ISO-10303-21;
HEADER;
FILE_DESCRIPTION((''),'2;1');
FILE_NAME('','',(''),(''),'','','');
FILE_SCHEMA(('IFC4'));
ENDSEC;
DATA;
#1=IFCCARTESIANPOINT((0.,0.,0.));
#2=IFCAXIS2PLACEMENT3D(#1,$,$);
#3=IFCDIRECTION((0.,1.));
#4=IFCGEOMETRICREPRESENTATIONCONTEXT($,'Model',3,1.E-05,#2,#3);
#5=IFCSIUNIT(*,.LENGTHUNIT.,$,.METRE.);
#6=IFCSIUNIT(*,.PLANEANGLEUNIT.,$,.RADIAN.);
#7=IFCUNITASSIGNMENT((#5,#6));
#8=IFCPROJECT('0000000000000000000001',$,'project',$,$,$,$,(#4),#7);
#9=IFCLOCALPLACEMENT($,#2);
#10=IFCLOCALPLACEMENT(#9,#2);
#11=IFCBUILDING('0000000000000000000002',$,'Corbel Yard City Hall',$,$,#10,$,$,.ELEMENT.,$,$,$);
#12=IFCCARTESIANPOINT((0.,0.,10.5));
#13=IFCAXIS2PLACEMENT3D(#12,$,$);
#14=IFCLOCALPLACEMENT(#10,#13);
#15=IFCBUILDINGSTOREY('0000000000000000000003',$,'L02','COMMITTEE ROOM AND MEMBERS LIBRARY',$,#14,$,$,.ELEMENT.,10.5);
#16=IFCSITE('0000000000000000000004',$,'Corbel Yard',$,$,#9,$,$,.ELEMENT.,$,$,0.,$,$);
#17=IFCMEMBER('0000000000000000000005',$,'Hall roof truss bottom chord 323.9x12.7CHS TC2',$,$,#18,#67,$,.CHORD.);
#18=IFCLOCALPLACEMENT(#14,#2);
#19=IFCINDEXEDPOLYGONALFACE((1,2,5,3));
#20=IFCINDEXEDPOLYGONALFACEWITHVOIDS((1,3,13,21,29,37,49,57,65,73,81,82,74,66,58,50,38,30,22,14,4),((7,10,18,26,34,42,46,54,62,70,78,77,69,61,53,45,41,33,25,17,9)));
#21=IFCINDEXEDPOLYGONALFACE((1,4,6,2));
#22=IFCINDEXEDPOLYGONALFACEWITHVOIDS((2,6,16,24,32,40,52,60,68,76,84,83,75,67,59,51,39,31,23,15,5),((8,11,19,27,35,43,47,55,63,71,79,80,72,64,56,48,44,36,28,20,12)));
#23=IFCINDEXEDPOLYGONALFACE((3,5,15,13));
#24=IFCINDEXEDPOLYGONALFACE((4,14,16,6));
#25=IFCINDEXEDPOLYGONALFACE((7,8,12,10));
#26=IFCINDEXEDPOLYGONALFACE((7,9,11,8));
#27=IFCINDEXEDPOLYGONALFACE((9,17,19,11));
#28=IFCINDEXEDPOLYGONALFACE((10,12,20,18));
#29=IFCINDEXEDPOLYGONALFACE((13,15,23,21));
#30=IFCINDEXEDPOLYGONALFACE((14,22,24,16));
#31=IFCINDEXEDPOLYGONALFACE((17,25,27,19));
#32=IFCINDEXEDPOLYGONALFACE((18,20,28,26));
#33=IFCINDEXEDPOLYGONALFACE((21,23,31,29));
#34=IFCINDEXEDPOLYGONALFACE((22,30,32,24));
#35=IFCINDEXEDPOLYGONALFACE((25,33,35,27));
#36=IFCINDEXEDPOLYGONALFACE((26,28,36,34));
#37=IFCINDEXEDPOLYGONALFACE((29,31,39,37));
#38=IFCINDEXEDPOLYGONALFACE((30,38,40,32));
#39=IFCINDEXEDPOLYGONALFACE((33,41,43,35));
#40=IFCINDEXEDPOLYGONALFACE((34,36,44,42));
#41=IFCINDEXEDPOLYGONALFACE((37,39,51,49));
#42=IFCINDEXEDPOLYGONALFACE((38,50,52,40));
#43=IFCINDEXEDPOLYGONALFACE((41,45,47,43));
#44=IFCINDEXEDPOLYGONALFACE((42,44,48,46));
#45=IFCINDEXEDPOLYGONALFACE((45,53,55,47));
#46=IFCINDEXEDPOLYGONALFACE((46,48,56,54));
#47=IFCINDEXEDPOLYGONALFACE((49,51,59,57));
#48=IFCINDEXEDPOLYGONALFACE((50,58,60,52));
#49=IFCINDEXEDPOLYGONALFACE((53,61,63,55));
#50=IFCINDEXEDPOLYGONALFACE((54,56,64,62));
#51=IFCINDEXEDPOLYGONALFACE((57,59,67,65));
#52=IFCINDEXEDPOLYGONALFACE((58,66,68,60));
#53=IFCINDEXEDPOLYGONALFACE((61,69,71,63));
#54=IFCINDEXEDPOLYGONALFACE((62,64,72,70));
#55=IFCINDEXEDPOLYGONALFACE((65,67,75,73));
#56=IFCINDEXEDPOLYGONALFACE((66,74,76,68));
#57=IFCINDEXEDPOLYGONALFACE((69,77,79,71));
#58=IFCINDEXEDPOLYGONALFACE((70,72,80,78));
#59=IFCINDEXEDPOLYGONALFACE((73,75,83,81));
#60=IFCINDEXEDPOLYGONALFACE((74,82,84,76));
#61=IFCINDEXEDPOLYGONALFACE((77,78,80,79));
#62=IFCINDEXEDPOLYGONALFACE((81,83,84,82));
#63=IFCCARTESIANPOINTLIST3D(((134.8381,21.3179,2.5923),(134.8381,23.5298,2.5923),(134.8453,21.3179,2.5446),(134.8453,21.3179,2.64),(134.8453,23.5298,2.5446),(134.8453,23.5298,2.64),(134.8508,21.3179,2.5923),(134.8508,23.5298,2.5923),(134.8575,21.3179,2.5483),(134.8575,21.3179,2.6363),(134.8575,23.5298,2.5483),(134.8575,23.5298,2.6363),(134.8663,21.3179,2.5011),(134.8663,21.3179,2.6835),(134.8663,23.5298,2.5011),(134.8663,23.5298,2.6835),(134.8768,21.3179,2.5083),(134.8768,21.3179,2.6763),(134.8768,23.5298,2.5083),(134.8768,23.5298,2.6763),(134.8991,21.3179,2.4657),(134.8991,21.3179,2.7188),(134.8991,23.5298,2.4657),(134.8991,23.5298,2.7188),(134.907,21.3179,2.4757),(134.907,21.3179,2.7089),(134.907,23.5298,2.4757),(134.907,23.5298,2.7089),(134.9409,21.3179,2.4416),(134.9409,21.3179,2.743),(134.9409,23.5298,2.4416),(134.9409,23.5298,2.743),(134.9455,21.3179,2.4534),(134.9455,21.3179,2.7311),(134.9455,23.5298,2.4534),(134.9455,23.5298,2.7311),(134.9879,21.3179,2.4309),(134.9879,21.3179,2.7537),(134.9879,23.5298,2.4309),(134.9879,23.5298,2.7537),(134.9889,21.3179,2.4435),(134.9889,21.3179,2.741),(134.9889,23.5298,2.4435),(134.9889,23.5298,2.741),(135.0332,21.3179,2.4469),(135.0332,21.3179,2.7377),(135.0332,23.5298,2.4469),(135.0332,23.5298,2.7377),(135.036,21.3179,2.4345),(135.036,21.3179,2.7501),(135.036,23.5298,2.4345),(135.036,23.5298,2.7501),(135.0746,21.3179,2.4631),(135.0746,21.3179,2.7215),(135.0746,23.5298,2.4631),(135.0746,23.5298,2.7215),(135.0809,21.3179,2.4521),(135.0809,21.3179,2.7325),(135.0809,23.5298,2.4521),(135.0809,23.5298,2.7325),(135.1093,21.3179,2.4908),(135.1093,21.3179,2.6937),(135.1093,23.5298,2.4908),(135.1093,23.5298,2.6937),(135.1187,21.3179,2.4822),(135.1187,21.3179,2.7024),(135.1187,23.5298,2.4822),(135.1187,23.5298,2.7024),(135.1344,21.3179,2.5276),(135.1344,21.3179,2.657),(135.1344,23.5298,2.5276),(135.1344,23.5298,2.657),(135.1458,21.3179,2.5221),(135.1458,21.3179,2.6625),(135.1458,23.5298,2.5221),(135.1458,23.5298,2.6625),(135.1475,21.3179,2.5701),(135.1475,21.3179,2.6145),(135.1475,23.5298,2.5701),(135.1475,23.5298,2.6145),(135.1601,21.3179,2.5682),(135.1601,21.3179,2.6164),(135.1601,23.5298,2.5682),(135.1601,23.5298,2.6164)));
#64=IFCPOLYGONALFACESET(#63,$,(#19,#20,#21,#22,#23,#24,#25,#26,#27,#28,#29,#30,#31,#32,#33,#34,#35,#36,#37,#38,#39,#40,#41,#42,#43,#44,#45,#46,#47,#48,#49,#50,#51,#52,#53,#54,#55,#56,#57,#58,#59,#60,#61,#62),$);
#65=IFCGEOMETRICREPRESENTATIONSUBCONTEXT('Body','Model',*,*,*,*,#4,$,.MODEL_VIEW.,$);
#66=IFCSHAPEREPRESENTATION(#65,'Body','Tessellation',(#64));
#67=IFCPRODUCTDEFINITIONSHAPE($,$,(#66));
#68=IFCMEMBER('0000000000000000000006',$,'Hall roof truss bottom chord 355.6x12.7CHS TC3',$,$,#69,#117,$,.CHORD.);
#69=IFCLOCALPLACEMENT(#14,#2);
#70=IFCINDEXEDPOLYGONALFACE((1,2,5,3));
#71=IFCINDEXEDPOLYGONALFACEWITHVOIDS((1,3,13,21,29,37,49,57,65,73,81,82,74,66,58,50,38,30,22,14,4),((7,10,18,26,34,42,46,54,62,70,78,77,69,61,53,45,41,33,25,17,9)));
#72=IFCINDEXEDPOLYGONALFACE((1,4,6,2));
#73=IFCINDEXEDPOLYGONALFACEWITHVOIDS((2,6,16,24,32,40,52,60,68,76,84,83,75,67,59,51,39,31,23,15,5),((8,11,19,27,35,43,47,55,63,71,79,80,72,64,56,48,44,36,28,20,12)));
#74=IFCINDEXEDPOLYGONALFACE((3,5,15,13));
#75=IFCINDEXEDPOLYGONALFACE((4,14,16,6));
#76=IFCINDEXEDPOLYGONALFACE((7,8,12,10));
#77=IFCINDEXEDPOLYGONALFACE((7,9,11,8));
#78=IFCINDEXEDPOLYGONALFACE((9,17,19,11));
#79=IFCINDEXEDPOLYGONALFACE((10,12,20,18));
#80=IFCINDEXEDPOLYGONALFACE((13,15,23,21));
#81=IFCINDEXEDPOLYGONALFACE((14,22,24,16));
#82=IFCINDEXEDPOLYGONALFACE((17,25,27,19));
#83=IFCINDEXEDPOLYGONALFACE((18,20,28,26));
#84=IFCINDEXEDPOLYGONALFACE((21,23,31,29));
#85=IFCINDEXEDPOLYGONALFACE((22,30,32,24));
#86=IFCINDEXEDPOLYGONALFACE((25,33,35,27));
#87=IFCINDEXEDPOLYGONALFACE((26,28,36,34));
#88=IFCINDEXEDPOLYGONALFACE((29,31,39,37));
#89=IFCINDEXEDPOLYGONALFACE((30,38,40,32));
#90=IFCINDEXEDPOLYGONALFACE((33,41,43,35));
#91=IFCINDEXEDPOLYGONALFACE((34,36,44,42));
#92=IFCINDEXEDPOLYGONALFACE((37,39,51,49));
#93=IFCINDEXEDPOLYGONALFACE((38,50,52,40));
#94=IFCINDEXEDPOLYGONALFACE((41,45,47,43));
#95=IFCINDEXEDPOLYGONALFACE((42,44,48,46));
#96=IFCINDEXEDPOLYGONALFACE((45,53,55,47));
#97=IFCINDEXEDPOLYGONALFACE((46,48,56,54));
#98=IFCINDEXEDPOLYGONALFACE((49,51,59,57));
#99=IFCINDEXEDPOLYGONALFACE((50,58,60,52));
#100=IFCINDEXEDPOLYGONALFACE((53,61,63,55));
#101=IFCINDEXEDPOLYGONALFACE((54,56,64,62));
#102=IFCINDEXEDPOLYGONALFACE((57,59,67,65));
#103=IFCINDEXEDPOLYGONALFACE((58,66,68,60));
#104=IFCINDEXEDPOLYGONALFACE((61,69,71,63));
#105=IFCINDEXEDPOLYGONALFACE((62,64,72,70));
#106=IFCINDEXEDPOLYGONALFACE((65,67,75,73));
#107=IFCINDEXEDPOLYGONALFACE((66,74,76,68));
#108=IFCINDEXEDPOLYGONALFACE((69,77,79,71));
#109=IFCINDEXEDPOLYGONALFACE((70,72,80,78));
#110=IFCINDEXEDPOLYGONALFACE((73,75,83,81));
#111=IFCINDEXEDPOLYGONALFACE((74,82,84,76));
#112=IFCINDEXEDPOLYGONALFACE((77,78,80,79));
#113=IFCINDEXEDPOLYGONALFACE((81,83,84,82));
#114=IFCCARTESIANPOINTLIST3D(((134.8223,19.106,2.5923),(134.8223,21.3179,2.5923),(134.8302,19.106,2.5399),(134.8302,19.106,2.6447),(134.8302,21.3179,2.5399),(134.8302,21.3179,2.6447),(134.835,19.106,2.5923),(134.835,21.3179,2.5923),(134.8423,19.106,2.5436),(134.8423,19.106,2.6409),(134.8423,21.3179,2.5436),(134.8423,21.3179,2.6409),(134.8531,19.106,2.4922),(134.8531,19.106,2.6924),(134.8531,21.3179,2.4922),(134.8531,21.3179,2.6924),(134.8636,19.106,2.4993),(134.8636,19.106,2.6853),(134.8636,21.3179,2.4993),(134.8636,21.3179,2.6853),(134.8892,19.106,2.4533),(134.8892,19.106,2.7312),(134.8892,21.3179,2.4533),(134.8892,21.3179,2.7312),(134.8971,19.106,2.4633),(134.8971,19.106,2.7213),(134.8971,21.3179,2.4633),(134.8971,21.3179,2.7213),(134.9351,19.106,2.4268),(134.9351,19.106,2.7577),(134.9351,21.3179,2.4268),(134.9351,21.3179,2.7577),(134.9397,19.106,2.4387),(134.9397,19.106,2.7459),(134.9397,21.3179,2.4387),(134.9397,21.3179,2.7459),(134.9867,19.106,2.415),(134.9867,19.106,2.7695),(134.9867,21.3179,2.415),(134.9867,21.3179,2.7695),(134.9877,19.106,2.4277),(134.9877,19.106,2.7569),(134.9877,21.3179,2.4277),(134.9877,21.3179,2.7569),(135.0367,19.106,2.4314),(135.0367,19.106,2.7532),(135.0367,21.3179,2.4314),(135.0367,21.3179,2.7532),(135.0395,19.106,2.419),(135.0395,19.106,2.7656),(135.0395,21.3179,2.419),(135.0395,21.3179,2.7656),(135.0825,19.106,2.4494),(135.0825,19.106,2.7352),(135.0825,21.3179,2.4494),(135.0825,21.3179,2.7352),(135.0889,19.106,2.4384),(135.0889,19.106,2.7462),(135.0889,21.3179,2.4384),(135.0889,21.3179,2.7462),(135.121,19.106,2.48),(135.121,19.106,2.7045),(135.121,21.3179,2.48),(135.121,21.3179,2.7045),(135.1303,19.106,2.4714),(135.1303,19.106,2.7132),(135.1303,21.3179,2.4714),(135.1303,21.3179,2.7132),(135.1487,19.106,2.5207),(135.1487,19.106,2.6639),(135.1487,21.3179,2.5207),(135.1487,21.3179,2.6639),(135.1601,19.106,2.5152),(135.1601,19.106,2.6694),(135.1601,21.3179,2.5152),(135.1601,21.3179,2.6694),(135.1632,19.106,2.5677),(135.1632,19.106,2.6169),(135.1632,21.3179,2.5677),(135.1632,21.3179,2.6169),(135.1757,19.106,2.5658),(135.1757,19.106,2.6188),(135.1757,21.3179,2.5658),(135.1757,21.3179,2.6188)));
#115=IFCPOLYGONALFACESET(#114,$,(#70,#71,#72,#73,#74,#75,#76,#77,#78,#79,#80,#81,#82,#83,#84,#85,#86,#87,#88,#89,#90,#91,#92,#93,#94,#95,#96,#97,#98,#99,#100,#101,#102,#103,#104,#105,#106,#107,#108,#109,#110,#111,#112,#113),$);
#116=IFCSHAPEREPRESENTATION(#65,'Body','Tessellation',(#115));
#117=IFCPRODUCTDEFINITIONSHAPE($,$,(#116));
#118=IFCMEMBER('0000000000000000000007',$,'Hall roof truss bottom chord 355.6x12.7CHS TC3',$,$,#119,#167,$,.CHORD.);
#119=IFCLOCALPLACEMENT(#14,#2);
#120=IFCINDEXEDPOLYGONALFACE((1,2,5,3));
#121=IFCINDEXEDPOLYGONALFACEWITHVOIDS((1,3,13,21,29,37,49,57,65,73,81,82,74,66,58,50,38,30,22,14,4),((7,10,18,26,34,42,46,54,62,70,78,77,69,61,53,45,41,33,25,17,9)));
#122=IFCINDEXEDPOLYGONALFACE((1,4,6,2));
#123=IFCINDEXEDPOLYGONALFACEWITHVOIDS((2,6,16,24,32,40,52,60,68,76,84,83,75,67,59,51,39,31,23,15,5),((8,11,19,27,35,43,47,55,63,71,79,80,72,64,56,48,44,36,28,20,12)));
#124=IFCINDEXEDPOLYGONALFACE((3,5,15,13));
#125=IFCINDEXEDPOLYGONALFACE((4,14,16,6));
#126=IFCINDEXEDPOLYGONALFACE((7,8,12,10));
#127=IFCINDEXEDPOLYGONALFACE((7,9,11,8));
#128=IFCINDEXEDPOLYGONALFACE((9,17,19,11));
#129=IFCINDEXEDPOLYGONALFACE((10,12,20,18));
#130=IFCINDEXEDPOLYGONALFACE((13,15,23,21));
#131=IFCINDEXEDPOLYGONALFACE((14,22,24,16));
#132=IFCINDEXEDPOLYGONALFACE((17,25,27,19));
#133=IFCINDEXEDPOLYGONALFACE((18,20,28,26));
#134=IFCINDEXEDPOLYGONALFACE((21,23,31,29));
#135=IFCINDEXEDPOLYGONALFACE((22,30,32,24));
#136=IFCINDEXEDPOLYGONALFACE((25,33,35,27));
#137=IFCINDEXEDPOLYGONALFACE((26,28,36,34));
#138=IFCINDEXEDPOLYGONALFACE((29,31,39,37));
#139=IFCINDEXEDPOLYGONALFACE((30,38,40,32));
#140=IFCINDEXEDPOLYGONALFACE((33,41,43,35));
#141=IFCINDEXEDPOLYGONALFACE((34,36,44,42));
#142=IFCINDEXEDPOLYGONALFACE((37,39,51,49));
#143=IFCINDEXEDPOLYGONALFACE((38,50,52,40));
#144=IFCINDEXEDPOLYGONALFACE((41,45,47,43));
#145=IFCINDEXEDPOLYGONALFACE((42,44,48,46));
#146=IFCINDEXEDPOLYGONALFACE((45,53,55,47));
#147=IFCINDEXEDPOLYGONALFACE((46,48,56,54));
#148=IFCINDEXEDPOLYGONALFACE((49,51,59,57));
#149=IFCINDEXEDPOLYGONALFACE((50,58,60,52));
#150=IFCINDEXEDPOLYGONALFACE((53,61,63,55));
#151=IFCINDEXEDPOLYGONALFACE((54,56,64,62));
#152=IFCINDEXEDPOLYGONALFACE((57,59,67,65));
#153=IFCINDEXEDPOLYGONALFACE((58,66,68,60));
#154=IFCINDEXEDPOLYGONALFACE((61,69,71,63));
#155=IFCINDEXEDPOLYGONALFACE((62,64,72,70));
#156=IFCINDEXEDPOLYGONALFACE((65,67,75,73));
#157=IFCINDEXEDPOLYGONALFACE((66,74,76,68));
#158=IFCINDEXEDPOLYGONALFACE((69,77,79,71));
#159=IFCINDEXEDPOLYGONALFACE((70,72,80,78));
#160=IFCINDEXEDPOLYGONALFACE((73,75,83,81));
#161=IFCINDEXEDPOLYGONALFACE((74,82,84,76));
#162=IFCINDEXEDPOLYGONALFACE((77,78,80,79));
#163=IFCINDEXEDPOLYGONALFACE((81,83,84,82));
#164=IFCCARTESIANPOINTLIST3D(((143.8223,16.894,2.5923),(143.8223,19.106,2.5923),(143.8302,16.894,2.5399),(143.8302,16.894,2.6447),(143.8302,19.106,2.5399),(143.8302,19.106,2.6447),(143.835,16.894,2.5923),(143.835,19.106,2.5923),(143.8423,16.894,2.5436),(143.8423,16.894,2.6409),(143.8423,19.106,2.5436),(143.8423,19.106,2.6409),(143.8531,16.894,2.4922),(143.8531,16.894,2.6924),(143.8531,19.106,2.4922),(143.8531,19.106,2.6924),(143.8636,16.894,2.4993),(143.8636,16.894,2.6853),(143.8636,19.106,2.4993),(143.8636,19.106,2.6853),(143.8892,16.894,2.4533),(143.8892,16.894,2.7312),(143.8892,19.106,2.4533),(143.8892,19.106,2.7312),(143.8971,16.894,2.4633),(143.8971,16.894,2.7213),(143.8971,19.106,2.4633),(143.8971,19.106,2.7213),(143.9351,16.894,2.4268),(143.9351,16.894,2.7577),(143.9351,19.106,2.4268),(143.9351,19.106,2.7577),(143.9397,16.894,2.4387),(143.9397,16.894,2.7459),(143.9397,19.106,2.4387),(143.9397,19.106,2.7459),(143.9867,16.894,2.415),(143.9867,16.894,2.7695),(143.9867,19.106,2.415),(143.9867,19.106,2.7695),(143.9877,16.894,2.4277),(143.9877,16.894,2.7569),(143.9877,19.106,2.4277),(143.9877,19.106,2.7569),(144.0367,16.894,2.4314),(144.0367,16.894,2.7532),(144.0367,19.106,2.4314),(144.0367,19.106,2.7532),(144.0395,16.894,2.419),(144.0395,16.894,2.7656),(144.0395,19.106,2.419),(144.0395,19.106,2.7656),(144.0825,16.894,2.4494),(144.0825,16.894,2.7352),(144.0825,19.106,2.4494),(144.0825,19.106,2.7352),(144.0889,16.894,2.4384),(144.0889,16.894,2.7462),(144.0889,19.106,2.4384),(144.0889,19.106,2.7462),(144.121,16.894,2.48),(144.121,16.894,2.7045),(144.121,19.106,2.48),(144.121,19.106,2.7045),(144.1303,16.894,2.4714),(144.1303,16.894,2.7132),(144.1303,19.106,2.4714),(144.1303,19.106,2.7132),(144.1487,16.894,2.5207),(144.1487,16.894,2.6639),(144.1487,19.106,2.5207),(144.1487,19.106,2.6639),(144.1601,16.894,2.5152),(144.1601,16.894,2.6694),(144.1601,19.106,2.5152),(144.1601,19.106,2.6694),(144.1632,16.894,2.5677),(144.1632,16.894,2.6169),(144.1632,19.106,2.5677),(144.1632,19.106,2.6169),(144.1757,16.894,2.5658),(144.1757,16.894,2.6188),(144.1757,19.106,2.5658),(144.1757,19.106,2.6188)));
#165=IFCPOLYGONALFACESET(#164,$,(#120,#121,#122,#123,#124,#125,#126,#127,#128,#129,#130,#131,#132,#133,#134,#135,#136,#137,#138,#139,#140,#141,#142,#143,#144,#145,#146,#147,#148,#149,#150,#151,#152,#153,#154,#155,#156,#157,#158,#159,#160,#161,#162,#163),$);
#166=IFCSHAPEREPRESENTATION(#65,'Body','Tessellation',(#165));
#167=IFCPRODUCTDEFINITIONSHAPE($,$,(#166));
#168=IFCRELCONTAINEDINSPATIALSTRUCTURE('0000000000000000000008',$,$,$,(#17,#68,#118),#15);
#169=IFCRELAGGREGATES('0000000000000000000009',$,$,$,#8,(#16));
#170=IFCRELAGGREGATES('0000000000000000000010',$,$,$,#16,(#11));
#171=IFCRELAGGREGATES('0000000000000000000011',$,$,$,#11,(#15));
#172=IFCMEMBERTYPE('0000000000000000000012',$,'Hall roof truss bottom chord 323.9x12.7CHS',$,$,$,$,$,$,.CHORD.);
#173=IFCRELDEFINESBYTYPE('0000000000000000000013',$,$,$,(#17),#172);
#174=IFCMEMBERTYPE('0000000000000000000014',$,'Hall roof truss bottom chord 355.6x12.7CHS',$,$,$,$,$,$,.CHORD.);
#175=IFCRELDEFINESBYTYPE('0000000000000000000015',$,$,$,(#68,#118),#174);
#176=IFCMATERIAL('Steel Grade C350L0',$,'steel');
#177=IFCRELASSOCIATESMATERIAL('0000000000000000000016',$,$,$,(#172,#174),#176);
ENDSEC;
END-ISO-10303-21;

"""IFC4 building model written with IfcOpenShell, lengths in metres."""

from ifc_helpers import new_model, si_unit, direction, frame, origin, origin_2d, place, context, subcontext, project, spatial, hollow_circle, extrude, material, material_profile, profile_set, type_object, element, save


model = new_model("IFC4")

# Units and contexts
model_context = context("Model", 3, precision=1e-05, world=origin(), true_north=direction((0.0, 1.0)))
body_context = subcontext(model_context, "Body", "Model", "MODEL_VIEW")
ifc_project = project(units=[si_unit("LENGTHUNIT", "METRE"), si_unit("PLANEANGLEUNIT", "RADIAN")], contexts=[model_context])

# Site, building, storey
site_placement = place(None, origin())
site = spatial("IfcSite", under=ifc_project, at=site_placement, Name="Corbel Yard", CompositionType="ELEMENT", RefElevation=0.0)
building_placement = place(site_placement, origin())
building = spatial("IfcBuilding", under=site, at=building_placement, Name="Corbel Yard City Hall", CompositionType="ELEMENT")
storey_placement = place(building_placement, frame((0.0, 0.0, 10.5)))
storey = spatial("IfcBuildingStorey", under=building, at=storey_placement, Name="L02", Description="COMMITTEE ROOM AND MEMBERS LIBRARY", CompositionType="ELEMENT", Elevation=10.5)

# Members
ifc_material_1 = material(Name="Steel Grade C350L0", Category="steel")
ifc_material_profile_1 = material_profile(ifc_material_1, hollow_circle(Radius=0.1619, WallThickness=0.0127, at=origin_2d()), Name="323.9x12.7CHS")
ifc_profile_set_1 = profile_set([ifc_material_profile_1], Name="Steel Grade C350L0")
member_type_1 = type_object("IfcMemberType", Name="Hall roof truss bottom chord 323.9x12.7CHS", PredefinedType="CHORD", material=ifc_profile_set_1)
member_1_placement = place(storey_placement, frame((135.0, 21.3179, 2.5923), z_axis=(0.0, 1.0, 0.0), x_axis=(-1.0, 0.0, 0.0)))
element("IfcMember", 1, at=member_1_placement, inside=storey, type_object=member_type_1, Name="Hall roof truss bottom chord 323.9x12.7CHS TC2", PredefinedType="CHORD", context=body_context, shape_type="SweptSolid", body=[
    extrude(hollow_circle(Radius=0.1619, WallThickness=0.0127, at=origin_2d()), origin(), (0.0, 0.0, 1.0), 2.2119),
])
ifc_material_profile_2 = material_profile(ifc_material_1, hollow_circle(Radius=0.1777, WallThickness=0.0127, at=origin_2d()), Name="355.6x12.7CHS")
ifc_profile_set_2 = profile_set([ifc_material_profile_2], Name="Steel Grade C350L0")
member_type_2 = type_object("IfcMemberType", Name="Hall roof truss bottom chord 355.6x12.7CHS", PredefinedType="CHORD", material=ifc_profile_set_2)
for number, where, z_axis, x_axis, name in (
    (2, (135.0, 19.106, 2.5923), (0.0, 1.0, 0.0), (-1.0, 0.0, 0.0), "Hall roof truss bottom chord 355.6x12.7CHS TC3"),
    (3, (144.0, 16.894, 2.5923), (0.0, 1.0, 0.0), (-1.0, 0.0, 0.0), "Hall roof truss bottom chord 355.6x12.7CHS TC3"),
):
    element("IfcMember", number, at=place(storey_placement, frame(where, z_axis=z_axis, x_axis=x_axis)), inside=storey, type_object=member_type_2, Name=name, PredefinedType="CHORD", context=body_context, shape_type="SweptSolid", body=[
        extrude(hollow_circle(Radius=0.1777, WallThickness=0.0127, at=origin_2d()), origin(), (0.0, 0.0, 1.0), 2.2119),
    ])

save(model, "model.ifc")
